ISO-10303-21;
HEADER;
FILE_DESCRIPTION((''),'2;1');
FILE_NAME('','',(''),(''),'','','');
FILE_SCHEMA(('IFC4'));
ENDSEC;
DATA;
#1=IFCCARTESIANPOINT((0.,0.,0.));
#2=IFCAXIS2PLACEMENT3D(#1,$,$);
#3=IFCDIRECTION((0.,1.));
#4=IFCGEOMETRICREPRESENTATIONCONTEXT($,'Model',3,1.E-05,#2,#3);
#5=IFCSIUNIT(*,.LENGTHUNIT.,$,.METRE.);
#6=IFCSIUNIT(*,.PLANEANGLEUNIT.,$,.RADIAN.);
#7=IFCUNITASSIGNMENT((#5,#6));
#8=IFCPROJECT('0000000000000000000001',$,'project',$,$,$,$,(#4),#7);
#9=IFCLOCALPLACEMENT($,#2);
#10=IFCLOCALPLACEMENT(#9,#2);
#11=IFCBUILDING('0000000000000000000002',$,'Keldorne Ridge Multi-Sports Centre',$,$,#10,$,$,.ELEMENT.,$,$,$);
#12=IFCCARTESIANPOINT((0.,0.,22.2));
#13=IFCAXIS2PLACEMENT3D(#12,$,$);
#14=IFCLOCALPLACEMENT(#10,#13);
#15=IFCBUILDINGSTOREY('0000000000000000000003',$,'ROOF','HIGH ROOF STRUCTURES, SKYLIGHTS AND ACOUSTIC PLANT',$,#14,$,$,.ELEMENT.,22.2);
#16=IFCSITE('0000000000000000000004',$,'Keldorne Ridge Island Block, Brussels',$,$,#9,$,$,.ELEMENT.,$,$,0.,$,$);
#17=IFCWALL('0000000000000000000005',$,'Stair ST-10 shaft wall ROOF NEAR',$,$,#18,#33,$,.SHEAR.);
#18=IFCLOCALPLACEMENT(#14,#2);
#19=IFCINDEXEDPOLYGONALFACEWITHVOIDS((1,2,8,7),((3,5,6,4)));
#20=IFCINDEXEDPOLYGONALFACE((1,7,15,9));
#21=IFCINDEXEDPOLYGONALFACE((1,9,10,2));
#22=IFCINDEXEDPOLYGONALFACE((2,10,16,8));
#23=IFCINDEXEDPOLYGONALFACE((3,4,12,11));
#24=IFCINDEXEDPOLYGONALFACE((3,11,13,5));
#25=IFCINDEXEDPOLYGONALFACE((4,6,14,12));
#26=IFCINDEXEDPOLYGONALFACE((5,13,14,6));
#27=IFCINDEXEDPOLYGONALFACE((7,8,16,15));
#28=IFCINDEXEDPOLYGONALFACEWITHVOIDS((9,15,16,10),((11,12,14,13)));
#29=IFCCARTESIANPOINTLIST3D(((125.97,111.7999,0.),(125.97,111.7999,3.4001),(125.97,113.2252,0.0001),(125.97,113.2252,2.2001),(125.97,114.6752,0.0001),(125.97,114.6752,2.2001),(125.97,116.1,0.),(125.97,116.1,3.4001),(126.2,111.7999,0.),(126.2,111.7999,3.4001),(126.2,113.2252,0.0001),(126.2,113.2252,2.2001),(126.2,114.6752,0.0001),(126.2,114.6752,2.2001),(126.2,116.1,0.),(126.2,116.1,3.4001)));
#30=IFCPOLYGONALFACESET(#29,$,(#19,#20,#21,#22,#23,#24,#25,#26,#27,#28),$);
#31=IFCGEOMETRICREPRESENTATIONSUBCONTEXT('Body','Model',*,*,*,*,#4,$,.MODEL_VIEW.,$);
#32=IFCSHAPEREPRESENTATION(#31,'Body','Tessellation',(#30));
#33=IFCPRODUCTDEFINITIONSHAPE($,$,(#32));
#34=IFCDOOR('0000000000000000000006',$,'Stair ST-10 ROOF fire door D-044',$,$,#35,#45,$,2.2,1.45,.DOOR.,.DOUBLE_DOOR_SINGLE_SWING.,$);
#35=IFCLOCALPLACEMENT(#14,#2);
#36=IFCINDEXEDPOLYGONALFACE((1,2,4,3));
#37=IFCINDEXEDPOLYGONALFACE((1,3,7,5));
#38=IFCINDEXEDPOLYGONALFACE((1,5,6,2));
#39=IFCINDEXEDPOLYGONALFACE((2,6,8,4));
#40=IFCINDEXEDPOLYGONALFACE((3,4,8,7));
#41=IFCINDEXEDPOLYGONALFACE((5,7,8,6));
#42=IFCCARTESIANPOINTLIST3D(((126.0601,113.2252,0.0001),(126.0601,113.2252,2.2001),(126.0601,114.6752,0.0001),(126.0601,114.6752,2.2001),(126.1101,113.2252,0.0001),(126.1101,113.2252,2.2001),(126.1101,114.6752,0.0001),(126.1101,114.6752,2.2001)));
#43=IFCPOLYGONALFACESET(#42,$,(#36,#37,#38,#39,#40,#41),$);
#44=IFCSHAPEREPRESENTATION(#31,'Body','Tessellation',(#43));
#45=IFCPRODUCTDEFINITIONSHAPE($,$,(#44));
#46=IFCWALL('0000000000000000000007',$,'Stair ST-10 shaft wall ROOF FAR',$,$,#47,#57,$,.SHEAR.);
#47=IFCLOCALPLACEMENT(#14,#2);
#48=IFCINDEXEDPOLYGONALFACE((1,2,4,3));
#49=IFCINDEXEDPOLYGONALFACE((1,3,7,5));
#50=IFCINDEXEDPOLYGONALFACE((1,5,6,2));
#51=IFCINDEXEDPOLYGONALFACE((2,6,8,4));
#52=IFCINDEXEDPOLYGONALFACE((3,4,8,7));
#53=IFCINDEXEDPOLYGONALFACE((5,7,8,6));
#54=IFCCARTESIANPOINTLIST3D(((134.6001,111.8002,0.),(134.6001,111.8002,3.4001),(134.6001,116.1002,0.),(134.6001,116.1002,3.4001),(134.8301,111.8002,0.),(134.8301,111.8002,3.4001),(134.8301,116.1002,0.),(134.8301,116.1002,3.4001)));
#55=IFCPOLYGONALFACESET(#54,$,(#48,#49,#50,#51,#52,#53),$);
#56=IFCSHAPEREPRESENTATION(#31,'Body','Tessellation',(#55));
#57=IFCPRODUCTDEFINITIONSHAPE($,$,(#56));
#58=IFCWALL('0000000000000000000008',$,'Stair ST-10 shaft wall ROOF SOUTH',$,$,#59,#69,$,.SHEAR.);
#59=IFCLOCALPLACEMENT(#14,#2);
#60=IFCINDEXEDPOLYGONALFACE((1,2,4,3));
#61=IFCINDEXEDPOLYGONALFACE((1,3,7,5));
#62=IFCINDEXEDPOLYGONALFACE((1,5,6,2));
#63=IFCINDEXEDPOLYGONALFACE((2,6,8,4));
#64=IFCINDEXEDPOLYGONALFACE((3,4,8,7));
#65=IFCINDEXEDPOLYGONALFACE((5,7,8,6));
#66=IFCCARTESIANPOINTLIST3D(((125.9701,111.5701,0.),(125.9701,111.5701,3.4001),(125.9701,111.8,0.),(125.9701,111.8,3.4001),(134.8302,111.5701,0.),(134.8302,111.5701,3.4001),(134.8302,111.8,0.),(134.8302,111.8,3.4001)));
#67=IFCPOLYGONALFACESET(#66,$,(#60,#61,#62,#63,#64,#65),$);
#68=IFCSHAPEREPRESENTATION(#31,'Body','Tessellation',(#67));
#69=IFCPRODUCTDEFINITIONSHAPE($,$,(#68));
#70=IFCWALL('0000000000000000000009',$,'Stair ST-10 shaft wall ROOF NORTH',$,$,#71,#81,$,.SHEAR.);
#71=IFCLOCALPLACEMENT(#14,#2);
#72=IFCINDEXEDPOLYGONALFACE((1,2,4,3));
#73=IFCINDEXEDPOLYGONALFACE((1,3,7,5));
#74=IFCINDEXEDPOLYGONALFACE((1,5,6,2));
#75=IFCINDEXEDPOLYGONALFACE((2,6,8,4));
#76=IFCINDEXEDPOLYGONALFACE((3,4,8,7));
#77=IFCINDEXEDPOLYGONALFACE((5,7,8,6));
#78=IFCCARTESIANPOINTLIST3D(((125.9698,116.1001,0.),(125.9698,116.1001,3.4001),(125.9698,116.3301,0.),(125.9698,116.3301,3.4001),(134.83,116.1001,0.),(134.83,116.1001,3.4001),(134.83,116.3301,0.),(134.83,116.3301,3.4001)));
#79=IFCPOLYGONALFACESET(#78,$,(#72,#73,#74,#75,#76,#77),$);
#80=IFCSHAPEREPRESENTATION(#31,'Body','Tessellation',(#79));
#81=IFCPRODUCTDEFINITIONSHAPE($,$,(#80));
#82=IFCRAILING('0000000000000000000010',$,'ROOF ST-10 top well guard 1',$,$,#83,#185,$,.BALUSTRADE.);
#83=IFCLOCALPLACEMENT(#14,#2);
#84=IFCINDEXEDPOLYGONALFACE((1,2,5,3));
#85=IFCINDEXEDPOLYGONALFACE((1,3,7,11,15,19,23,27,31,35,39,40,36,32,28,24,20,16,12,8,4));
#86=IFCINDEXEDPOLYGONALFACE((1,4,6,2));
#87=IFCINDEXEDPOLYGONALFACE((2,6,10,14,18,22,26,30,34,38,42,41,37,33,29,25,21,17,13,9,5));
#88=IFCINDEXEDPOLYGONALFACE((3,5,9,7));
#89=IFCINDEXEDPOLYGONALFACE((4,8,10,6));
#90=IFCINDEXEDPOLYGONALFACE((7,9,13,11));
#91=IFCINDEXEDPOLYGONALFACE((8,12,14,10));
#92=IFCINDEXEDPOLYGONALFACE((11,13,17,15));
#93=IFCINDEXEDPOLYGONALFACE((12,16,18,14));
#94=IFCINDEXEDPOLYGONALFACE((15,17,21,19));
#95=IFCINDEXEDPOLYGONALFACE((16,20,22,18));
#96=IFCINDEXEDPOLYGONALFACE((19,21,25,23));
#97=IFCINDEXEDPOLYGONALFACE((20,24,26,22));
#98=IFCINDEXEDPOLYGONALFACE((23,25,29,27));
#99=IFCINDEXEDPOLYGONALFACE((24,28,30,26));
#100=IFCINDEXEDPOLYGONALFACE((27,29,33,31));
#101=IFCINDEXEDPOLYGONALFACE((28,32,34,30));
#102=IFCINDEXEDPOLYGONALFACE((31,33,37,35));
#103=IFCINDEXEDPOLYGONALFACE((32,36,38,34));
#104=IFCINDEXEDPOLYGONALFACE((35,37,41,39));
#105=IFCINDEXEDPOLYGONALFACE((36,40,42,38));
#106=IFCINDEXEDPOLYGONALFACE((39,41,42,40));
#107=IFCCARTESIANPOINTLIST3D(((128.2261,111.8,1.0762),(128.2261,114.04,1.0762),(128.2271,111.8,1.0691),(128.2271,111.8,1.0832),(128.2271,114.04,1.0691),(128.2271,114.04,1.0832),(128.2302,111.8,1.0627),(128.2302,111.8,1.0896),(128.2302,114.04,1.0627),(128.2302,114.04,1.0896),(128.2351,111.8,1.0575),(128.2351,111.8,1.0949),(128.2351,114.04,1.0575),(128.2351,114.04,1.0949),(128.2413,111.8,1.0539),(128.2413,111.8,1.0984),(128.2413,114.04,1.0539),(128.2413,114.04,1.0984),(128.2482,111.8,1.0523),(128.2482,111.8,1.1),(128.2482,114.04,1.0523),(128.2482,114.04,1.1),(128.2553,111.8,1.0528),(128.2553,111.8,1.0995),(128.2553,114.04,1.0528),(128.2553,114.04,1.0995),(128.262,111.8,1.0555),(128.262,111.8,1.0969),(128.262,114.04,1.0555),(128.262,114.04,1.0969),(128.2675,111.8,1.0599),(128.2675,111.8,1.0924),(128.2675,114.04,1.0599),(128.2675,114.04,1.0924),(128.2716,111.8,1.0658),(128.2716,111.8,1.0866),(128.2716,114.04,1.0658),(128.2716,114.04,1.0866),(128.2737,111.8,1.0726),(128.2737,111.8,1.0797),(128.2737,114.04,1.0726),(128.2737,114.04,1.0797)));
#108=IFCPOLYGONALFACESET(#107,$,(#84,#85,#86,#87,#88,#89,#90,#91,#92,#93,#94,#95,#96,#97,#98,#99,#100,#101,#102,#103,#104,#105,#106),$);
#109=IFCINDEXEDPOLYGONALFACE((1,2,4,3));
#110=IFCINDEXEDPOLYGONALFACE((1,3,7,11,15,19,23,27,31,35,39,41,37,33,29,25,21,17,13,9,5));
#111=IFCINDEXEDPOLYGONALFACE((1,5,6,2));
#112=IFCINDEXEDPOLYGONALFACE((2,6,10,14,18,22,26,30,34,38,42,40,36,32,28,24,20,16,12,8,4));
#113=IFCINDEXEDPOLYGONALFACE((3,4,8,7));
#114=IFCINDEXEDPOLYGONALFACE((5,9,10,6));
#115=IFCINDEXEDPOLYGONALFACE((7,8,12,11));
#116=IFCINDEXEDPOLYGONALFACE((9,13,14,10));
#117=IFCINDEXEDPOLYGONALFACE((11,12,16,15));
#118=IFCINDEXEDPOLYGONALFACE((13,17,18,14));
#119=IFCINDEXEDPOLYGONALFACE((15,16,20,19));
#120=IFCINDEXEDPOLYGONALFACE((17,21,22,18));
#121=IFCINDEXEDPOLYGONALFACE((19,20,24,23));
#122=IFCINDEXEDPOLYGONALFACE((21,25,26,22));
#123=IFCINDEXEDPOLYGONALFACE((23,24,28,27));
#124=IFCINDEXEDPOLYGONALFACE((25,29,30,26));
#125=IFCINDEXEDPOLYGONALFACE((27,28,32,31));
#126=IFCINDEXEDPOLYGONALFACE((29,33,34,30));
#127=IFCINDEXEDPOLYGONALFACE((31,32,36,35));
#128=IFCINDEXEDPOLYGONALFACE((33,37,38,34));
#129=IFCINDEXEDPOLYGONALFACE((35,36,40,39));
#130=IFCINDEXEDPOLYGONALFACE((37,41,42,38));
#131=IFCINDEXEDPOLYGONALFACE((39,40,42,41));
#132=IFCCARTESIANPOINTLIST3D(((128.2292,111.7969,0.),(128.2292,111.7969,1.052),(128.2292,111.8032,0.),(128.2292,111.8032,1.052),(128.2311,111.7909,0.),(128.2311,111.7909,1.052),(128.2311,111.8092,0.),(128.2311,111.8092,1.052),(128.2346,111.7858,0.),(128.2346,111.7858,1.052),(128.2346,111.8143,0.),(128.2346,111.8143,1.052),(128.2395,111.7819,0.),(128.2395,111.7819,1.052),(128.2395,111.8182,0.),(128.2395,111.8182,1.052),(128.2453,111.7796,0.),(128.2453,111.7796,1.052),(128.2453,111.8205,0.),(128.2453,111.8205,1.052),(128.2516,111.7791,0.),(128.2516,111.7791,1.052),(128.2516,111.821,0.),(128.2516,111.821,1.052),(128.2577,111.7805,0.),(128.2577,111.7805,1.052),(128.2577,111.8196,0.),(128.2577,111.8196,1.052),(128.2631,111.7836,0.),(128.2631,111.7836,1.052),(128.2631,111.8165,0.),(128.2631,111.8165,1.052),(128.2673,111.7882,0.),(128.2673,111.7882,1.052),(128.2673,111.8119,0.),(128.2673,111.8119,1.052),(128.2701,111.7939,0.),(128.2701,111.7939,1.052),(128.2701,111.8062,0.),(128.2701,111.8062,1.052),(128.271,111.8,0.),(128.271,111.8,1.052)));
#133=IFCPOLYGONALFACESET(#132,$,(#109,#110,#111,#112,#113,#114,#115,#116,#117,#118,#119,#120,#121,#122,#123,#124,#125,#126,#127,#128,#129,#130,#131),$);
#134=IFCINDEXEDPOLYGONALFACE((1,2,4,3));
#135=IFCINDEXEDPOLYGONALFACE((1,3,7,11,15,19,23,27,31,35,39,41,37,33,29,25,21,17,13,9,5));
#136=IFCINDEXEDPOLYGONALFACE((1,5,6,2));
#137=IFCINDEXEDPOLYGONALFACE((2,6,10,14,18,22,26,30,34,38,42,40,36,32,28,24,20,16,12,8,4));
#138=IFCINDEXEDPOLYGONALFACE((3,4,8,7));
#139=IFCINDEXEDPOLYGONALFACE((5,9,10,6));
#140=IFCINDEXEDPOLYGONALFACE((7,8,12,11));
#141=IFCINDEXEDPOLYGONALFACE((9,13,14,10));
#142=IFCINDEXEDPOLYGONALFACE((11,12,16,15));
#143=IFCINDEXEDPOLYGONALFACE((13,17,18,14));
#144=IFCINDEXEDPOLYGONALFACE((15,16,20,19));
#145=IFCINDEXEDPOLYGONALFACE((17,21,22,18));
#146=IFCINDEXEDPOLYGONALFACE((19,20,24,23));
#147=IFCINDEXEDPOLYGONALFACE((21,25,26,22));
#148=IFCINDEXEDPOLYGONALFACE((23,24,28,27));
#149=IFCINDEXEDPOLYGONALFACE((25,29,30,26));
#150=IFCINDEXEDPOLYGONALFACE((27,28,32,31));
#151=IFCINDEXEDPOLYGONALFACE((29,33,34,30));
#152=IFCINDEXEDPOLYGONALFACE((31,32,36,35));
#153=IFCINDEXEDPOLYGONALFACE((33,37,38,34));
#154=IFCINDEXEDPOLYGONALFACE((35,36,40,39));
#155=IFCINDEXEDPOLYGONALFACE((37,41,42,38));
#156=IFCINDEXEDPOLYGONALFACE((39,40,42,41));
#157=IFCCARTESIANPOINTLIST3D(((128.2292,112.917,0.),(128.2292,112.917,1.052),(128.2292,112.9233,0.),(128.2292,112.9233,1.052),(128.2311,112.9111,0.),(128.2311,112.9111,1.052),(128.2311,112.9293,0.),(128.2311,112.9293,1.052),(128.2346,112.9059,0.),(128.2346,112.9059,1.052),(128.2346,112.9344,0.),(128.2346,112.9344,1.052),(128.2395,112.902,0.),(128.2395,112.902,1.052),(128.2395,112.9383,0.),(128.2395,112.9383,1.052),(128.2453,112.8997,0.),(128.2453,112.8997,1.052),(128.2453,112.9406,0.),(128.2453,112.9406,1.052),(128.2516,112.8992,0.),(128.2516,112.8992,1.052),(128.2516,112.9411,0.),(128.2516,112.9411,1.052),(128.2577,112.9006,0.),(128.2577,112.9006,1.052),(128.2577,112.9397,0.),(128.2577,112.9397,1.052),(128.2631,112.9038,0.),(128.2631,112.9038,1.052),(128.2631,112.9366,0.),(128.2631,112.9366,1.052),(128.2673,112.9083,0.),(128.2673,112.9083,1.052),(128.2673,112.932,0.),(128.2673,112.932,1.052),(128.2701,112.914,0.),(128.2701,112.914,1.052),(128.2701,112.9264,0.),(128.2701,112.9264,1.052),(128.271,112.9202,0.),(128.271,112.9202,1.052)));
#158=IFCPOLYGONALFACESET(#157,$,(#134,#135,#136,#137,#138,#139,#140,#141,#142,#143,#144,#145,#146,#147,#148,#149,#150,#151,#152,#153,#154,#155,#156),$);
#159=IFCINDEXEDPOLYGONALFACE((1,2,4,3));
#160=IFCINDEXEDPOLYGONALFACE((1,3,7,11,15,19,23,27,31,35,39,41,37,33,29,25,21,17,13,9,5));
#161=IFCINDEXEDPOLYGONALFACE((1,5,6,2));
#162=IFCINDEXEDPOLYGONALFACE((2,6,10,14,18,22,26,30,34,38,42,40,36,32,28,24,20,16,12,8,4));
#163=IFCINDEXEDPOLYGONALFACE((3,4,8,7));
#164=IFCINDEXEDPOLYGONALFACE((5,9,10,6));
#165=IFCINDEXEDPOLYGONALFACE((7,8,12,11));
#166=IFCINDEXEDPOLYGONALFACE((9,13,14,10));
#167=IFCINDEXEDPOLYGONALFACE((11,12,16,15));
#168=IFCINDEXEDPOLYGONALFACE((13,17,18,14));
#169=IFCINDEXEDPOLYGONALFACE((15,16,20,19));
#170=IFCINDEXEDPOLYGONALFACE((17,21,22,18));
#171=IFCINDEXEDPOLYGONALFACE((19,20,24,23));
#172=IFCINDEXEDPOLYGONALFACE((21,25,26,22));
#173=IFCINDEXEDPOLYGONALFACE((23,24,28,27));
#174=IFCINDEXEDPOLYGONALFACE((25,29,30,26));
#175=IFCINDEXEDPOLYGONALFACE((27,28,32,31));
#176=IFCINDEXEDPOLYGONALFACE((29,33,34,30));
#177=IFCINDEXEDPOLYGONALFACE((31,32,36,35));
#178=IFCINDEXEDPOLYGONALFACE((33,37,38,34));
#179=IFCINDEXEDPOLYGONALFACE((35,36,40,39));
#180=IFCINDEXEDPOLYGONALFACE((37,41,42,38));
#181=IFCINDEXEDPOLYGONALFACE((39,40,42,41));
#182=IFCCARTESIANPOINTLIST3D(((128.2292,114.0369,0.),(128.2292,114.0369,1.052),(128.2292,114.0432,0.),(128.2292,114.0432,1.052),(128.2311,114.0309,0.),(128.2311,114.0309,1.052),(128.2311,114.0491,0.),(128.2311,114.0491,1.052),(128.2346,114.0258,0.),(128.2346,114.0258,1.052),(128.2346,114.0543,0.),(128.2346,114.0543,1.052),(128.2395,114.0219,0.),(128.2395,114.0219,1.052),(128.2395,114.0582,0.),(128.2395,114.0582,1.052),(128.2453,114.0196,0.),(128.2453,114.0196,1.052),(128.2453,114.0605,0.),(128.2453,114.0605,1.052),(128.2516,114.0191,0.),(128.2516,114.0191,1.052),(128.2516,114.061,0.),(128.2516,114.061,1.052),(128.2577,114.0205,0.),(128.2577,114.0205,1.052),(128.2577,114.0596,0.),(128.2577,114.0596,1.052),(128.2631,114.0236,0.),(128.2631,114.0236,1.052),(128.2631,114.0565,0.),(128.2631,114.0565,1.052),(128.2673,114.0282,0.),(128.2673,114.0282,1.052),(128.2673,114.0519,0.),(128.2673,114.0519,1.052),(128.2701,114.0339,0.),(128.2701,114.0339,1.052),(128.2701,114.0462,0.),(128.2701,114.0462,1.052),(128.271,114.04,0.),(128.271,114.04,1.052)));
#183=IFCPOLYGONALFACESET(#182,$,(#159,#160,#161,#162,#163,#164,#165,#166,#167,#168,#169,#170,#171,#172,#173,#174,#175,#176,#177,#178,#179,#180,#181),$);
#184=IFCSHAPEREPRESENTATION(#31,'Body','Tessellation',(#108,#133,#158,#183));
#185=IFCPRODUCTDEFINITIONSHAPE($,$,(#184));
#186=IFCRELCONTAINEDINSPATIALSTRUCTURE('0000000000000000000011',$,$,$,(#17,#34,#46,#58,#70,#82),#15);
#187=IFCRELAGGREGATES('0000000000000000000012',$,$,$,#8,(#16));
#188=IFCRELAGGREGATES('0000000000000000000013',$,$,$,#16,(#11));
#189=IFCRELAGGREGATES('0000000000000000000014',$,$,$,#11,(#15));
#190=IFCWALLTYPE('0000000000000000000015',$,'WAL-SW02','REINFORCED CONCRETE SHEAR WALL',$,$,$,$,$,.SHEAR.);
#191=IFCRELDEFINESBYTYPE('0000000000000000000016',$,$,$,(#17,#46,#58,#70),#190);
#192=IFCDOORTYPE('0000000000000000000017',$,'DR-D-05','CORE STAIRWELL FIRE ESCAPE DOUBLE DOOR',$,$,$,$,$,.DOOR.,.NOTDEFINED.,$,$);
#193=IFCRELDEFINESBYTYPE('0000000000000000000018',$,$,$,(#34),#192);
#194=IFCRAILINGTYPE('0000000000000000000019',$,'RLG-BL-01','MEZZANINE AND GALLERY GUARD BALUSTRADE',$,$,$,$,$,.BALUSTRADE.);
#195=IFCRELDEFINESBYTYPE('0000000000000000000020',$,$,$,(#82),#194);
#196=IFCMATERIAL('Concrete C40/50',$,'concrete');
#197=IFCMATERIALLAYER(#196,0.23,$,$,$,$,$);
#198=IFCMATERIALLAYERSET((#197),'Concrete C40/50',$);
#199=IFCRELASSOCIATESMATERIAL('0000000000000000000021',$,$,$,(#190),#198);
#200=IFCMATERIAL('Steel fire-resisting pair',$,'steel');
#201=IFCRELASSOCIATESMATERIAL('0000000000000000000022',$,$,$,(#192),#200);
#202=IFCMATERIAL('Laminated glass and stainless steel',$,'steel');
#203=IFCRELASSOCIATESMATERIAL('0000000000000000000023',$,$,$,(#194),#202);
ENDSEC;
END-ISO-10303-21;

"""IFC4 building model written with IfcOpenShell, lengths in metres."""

from ifc_helpers import new_model, si_unit, direction, frame, frame_2d, origin, origin_2d, place, context, subcontext, project, spatial, rectangle, circle, extrude, material, layer, layer_set, type_object, element, fill, save


model = new_model("IFC4")

# Units and contexts
model_context = context("Model", 3, precision=1e-05, world=origin(), true_north=direction((0.0, 1.0)))
body_context = subcontext(model_context, "Body", "Model", "MODEL_VIEW")
ifc_project = project(units=[si_unit("LENGTHUNIT", "METRE"), si_unit("PLANEANGLEUNIT", "RADIAN")], contexts=[model_context])

# Site, building, storey
site_placement = place(None, origin())
site = spatial("IfcSite", under=ifc_project, at=site_placement, Name="Keldorne Ridge Island Block, Brussels", CompositionType="ELEMENT", RefElevation=0.0)
building_placement = place(site_placement, origin())
building = spatial("IfcBuilding", under=site, at=building_placement, Name="Keldorne Ridge Multi-Sports Centre", CompositionType="ELEMENT")
storey_placement = place(building_placement, frame((0.0, 0.0, 22.2)))
storey = spatial("IfcBuildingStorey", under=building, at=storey_placement, Name="ROOF", Description="HIGH ROOF STRUCTURES, SKYLIGHTS AND ACOUSTIC PLANT", CompositionType="ELEMENT", Elevation=22.2)

# Wall, opening, door
ifc_material_1 = material(Name="Concrete C40/50", Category="concrete")
ifc_layer_1 = layer(ifc_material_1, 0.23)
ifc_layer_set_1 = layer_set([ifc_layer_1], Name="Concrete C40/50")
wall_type_1 = type_object("IfcWallType", Name="WAL-SW02", Description="REINFORCED CONCRETE SHEAR WALL", PredefinedType="SHEAR", material=ifc_layer_set_1)
wall_1_placement = place(storey_placement, frame((126.085, 111.8, 0.0), z_axis=(0.0, 0.0, 1.0), x_axis=(0.0, 1.0, 0.0)))
wall_1 = element("IfcWall", 1, at=wall_1_placement, inside=storey, type_object=wall_type_1, Name="Stair ST-10 shaft wall ROOF NEAR", PredefinedType="SHEAR", context=body_context, shape_type="SweptSolid", body=[
    extrude(rectangle(XDim=4.3, YDim=0.23, at=frame_2d((2.1499, 0.0))), origin(), (0.0, 0.0, 1.0), 3.4001),
])
opening_placement = place(wall_1_placement, frame((1.425, 0.0, 0.0)))
opening = element("IfcOpeningElement", 2, at=opening_placement, cuts=wall_1, PredefinedType="OPENING", context=body_context, shape_type="SweptSolid", body=[
    extrude(rectangle(XDim=1.45, YDim=2.2, at=frame_2d((0.7251, 1.1001))), frame((0.0, 0.125, 0.0), z_axis=(0.0, -1.0, 0.0), x_axis=(1.0, 0.0, 0.0)), (0.0, 0.0, 1.0), 0.25),
])
ifc_material_2 = material(Name="Steel fire-resisting pair", Category="steel")
door_type = type_object("IfcDoorType", Name="DR-D-05", Description="CORE STAIRWELL FIRE ESCAPE DOUBLE DOOR", OperationType="NOTDEFINED", PredefinedType="DOOR", material=ifc_material_2)
door_placement = place(opening_placement, origin())
door = element("IfcDoor", 3, at=door_placement, inside=storey, type_object=door_type, Name="Stair ST-10 ROOF fire door D-044", OperationType="DOUBLE_DOOR_SINGLE_SWING", OverallHeight=2.2, OverallWidth=1.45, PredefinedType="DOOR", context=body_context, shape_type="SweptSolid", body=[
    extrude(rectangle(XDim=1.45, YDim=2.2, at=frame_2d((0.7251, 1.1001))), frame((0.0, 0.0249, 0.0), z_axis=(0.0, -1.0, 0.0), x_axis=(1.0, 0.0, 0.0)), (0.0, 0.0, 1.0), 0.05),
])
fill(opening, door)

# Walls
wall_2_placement = place(storey_placement, frame((134.7151, 116.1001, 0.0), z_axis=(0.0, 0.0, 1.0), x_axis=(0.0, -1.0, 0.0)))
element("IfcWall", 4, at=wall_2_placement, inside=storey, type_object=wall_type_1, Name="Stair ST-10 shaft wall ROOF FAR", PredefinedType="SHEAR", context=body_context, shape_type="SweptSolid", body=[
    extrude(rectangle(XDim=4.3, YDim=0.23, at=frame_2d((2.1499, 0.0))), origin(), (0.0, 0.0, 1.0), 3.4001),
])
for number, where, z_axis, x_axis, name in (
    (5, (125.97, 111.6851, 0.0), (0.0, 0.0, 1.0), (1.0, 0.0, 0.0), "Stair ST-10 shaft wall ROOF SOUTH"),
    (6, (134.8301, 116.2151, 0.0), (0.0, 0.0, 1.0), (-1.0, 0.0, 0.0), "Stair ST-10 shaft wall ROOF NORTH"),
):
    element("IfcWall", number, at=place(storey_placement, frame(where, z_axis=z_axis, x_axis=x_axis)), inside=storey, type_object=wall_type_1, Name=name, PredefinedType="SHEAR", context=body_context, shape_type="SweptSolid", body=[
        extrude(rectangle(XDim=8.8601, YDim=0.23, at=frame_2d((4.4302, 0.0))), origin(), (0.0, 0.0, 1.0), 3.4001),
    ])

# Railing
ifc_material_3 = material(Name="Laminated glass and stainless steel", Category="steel")
railing_type = type_object("IfcRailingType", Name="RLG-BL-01", Description="MEZZANINE AND GALLERY GUARD BALUSTRADE", PredefinedType="BALUSTRADE", material=ifc_material_3)
railing_placement = place(storey_placement, frame((128.25, 111.8, 0.0)))
element("IfcRailing", 7, at=railing_placement, inside=storey, type_object=railing_type, Name="ROOF ST-10 top well guard 1", PredefinedType="BALUSTRADE", context=body_context, shape_type="SweptSolid", body=[
    extrude(circle(Radius=0.0239, at=origin_2d()), frame((0.0, 0.0, 1.0762), z_axis=(0.0, 1.0, 0.0), x_axis=(-1.0, 0.0, 0.0)), (0.0, 0.0, 1.0), 2.24),
    extrude(circle(Radius=0.021, at=origin_2d()), origin(), (0.0, 0.0, 1.0), 1.052),
    extrude(circle(Radius=0.021, at=origin_2d()), frame((0.0, 1.1201, 0.0)), (0.0, 0.0, 1.0), 1.052),
    extrude(circle(Radius=0.021, at=origin_2d()), frame((0.0, 2.24, 0.0)), (0.0, 0.0, 1.0), 1.052),
])

save(model, "model.ifc")
